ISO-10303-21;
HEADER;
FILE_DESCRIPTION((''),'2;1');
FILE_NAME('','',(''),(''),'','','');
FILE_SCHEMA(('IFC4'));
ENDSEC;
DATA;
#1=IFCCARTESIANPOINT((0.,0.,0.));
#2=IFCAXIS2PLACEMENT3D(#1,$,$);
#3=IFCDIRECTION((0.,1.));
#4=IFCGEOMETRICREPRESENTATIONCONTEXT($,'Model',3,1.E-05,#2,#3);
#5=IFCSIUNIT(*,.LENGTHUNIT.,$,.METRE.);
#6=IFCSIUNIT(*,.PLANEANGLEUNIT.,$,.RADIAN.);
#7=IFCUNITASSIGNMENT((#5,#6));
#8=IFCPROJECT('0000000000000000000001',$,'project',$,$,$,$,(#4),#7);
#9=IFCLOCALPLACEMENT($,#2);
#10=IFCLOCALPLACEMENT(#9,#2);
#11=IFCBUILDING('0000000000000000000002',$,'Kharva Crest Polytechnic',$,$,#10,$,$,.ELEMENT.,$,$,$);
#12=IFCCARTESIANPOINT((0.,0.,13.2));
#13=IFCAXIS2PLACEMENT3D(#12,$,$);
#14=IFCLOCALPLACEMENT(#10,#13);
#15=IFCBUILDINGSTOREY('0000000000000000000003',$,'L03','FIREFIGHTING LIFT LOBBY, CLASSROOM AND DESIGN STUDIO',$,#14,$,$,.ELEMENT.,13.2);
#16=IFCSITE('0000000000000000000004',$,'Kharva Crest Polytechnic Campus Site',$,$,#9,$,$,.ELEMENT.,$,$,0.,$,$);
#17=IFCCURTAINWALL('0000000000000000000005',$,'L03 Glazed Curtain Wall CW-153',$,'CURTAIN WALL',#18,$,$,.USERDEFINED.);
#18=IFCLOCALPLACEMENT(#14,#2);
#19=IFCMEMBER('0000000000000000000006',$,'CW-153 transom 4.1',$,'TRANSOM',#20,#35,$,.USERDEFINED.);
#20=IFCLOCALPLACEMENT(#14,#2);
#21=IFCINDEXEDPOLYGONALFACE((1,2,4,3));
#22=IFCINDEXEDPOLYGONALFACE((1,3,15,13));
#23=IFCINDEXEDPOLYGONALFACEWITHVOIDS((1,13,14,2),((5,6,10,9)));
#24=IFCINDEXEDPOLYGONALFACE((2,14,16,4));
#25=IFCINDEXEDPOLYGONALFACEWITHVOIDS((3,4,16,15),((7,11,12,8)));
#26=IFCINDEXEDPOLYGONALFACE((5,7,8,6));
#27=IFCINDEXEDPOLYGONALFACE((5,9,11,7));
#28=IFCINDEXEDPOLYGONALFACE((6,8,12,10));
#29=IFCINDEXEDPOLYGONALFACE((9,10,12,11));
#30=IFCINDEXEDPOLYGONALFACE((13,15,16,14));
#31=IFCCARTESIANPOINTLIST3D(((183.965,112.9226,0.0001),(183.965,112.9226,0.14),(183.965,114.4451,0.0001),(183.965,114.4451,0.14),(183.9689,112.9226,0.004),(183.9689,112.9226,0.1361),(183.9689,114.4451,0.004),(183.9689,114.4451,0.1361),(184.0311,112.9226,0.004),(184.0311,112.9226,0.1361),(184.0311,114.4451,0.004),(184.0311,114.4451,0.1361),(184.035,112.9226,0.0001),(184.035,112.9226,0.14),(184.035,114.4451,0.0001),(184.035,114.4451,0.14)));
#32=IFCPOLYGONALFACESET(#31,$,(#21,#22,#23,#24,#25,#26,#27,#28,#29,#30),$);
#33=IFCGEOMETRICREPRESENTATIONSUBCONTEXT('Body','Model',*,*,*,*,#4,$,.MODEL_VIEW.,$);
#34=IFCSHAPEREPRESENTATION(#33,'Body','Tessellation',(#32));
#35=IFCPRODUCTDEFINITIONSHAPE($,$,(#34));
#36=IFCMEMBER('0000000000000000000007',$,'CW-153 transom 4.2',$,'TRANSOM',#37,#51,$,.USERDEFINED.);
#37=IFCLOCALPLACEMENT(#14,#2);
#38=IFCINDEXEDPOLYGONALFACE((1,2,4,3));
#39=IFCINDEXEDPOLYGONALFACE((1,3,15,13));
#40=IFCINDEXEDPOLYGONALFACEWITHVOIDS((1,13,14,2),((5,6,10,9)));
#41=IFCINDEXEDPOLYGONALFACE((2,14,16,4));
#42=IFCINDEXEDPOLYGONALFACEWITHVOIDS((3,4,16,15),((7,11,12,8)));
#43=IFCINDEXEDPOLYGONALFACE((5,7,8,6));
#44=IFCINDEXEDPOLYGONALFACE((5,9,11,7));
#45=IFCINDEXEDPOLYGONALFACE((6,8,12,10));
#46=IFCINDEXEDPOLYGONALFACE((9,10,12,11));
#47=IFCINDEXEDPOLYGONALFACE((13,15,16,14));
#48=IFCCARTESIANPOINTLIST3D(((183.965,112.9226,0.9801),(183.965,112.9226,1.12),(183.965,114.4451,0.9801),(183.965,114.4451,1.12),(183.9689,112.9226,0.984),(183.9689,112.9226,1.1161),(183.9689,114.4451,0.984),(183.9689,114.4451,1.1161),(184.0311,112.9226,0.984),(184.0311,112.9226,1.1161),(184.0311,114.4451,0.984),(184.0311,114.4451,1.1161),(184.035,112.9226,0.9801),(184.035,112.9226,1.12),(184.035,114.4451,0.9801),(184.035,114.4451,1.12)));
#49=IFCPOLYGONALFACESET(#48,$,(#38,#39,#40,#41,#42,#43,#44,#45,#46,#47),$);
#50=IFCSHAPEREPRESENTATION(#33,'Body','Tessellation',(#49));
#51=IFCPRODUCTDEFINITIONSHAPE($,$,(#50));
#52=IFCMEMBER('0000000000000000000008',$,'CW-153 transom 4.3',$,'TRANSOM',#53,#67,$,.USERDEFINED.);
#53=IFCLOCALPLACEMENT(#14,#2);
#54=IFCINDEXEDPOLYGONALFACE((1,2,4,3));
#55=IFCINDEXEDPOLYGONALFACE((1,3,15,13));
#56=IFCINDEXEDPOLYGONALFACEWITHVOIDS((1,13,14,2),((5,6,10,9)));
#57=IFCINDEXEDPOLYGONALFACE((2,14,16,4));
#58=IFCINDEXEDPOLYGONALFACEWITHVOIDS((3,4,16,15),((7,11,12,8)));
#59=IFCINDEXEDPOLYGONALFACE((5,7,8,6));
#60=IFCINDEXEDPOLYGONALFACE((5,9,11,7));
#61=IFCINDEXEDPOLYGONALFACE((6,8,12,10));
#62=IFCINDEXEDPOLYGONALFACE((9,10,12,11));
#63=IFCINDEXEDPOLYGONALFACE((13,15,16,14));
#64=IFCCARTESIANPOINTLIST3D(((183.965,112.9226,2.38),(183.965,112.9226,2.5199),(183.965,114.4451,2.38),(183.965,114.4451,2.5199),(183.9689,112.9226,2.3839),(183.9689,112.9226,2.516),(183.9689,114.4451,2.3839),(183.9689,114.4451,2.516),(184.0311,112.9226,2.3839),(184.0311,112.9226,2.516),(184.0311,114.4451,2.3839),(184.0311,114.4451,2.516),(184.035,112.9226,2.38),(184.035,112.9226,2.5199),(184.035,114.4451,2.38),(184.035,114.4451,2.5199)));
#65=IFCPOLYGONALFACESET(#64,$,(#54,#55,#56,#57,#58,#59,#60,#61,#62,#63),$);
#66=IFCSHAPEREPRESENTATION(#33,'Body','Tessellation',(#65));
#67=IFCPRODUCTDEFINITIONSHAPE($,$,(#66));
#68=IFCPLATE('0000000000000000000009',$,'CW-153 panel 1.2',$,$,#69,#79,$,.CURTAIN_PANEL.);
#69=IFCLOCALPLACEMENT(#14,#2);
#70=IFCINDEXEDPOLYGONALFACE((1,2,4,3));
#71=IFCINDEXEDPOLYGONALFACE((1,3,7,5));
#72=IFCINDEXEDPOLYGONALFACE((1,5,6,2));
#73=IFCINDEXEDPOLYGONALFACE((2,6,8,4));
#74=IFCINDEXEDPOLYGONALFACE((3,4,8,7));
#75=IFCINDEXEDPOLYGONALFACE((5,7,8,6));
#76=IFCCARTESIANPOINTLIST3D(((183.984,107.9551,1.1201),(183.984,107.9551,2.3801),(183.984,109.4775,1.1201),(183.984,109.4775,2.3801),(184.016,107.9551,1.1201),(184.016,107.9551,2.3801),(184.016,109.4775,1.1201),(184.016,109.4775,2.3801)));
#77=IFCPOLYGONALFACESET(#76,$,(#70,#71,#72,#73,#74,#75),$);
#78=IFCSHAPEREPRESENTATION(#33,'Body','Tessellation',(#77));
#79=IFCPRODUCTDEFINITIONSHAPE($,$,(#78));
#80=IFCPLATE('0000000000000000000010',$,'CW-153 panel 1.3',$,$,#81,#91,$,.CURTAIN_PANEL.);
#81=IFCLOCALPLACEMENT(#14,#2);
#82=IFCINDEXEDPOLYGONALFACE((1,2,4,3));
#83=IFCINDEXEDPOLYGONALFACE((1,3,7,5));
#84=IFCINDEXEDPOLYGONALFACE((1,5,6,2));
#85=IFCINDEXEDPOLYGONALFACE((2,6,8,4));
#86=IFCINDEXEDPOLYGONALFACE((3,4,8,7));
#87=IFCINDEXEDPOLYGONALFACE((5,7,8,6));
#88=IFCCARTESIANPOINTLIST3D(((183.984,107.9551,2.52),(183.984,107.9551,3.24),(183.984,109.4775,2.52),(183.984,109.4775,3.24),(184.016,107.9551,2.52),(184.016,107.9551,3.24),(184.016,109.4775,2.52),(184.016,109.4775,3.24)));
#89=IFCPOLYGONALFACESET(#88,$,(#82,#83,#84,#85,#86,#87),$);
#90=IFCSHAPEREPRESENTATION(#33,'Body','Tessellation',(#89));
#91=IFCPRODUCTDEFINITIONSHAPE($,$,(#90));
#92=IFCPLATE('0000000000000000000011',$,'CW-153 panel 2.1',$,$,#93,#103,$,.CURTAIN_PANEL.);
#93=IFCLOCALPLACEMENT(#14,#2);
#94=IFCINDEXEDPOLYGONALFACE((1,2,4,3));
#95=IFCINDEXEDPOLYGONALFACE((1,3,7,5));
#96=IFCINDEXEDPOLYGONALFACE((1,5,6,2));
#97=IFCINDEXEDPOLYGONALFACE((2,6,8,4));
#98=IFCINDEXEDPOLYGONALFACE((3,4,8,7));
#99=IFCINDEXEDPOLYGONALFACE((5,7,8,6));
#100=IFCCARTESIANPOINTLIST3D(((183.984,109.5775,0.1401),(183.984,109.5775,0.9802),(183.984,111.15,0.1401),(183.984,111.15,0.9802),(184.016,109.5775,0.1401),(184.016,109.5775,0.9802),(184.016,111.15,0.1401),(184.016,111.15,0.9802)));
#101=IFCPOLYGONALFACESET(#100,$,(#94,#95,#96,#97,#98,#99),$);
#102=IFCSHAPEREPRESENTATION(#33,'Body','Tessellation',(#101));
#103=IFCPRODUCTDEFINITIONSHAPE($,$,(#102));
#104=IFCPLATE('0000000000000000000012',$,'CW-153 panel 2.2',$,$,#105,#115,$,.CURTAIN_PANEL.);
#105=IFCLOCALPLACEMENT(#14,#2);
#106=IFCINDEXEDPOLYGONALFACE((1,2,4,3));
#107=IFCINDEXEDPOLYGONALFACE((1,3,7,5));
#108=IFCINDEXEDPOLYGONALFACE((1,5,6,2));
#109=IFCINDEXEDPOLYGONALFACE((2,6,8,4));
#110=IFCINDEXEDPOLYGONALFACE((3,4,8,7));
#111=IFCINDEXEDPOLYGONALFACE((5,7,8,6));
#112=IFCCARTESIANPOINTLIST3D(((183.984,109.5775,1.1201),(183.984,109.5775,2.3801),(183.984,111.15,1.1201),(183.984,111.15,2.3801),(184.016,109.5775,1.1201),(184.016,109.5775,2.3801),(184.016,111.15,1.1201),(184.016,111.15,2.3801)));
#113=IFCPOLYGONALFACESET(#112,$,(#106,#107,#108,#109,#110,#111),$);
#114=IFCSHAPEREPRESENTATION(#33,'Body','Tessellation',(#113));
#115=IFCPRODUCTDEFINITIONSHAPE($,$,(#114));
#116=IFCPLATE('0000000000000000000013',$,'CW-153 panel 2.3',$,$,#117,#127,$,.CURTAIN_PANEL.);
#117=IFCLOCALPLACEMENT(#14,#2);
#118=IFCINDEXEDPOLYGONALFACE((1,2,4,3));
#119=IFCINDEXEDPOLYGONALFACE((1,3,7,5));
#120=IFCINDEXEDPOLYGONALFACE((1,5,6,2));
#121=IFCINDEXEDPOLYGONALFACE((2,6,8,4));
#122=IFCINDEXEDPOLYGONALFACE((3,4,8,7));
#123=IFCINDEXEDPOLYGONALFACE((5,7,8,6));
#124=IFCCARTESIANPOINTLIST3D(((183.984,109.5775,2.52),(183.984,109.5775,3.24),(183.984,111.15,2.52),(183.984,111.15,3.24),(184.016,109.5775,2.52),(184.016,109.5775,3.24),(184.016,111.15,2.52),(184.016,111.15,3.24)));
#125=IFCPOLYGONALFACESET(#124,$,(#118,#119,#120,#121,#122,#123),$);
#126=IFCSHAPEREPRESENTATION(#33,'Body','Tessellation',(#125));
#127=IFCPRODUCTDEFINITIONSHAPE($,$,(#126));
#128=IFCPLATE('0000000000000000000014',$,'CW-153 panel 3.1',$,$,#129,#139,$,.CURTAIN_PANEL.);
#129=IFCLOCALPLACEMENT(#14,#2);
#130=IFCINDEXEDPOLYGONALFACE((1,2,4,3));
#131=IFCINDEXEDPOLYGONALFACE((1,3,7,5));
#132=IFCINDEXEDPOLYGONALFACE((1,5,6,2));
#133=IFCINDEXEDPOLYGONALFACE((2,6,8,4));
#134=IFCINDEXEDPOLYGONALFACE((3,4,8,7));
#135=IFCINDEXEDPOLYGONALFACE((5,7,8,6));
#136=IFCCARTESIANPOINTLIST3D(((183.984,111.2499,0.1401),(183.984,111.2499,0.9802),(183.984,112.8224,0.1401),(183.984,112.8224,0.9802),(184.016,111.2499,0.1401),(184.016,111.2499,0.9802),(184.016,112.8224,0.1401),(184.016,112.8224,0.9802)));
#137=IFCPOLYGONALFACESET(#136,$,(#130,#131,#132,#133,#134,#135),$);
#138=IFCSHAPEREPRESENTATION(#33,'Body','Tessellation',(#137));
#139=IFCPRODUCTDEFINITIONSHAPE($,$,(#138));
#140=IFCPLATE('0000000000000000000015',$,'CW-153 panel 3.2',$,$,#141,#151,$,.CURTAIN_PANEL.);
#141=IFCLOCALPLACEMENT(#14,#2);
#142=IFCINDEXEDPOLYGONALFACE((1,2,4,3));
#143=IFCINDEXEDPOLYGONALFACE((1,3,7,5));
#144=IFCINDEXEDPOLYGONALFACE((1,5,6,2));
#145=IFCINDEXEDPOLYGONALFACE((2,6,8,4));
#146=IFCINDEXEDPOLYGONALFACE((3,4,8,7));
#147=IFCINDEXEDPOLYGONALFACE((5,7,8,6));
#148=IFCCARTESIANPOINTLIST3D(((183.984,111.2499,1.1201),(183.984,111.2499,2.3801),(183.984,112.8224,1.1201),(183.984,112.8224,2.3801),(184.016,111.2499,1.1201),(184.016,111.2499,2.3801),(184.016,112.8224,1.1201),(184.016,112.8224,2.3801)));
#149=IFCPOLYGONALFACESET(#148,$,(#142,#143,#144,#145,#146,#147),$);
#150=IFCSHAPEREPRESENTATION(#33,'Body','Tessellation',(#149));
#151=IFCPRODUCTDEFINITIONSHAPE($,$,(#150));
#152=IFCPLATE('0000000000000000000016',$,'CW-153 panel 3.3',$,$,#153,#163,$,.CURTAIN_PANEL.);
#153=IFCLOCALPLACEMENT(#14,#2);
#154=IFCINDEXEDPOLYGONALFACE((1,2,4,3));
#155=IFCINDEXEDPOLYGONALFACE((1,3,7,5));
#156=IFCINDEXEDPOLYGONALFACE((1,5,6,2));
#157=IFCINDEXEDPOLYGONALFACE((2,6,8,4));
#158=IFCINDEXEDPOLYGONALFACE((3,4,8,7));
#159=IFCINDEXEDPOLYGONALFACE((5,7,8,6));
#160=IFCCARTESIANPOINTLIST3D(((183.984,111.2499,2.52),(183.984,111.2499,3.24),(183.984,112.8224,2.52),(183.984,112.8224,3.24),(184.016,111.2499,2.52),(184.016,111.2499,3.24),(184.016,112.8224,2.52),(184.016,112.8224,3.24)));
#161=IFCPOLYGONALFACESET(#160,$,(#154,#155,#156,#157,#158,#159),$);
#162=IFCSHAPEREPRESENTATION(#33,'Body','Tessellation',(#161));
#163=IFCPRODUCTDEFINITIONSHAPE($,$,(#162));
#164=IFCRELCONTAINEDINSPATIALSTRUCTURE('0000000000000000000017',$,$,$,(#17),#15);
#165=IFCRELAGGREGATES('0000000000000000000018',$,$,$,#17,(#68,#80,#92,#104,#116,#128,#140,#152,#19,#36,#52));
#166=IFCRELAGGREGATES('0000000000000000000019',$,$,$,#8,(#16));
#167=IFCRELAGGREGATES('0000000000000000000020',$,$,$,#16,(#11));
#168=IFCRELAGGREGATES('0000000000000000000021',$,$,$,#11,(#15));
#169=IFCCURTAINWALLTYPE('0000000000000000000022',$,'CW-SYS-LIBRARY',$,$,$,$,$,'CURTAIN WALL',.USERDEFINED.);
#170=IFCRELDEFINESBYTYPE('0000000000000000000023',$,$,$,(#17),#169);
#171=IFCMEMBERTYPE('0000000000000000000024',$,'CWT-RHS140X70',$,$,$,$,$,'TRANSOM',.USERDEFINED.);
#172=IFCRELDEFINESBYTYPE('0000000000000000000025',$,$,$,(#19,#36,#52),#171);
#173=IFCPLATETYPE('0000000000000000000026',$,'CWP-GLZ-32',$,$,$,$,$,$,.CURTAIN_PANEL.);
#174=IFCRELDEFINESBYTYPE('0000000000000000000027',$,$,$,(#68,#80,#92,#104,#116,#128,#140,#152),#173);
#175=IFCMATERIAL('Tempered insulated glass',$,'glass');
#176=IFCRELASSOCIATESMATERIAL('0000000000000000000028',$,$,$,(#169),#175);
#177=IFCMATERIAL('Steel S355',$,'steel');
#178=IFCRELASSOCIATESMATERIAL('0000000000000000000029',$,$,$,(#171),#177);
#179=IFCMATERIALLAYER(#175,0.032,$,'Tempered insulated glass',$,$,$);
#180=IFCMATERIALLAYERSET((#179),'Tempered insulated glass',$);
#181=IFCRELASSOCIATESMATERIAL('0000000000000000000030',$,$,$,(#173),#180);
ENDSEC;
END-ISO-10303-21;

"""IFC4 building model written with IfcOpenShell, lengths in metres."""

from ifc_helpers import new_model, si_unit, direction, frame, origin, origin_2d, place, context, subcontext, project, spatial, rectangle, hollow_rectangle, extrude, material, layer, layer_set, material_profile, profile_set, type_object, element, aggregate, save


model = new_model("IFC4")

# Units and contexts
model_context = context("Model", 3, precision=1e-05, world=origin(), true_north=direction((0.0, 1.0)))
body_context = subcontext(model_context, "Body", "Model", "MODEL_VIEW")
ifc_project = project(units=[si_unit("LENGTHUNIT", "METRE"), si_unit("PLANEANGLEUNIT", "RADIAN")], contexts=[model_context])

# Site, building, storey
site_placement = place(None, origin())
site = spatial("IfcSite", under=ifc_project, at=site_placement, Name="Kharva Crest Polytechnic Campus Site", CompositionType="ELEMENT", RefElevation=0.0)
building_placement = place(site_placement, origin())
building = spatial("IfcBuilding", under=site, at=building_placement, Name="Kharva Crest Polytechnic", CompositionType="ELEMENT")
storey_placement = place(building_placement, frame((0.0, 0.0, 13.2)))
storey = spatial("IfcBuildingStorey", under=building, at=storey_placement, Name="L03", Description="FIREFIGHTING LIFT LOBBY, CLASSROOM AND DESIGN STUDIO", CompositionType="ELEMENT", Elevation=13.2)

# Curtain wall, members, plates
ifc_material_1 = material(Name="Tempered insulated glass", Category="glass")
curtain_wall_type = type_object("IfcCurtainWallType", Name="CW-SYS-LIBRARY", ElementType="CURTAIN WALL", PredefinedType="USERDEFINED", material=ifc_material_1)
curtain_wall_placement = place(storey_placement, origin())
curtain_wall = element("IfcCurtainWall", 1, at=curtain_wall_placement, inside=storey, type_object=curtain_wall_type, Name="L03 Glazed Curtain Wall CW-153", ObjectType="CURTAIN WALL", PredefinedType="USERDEFINED")
ifc_material_2 = material(Name="Steel S355", Category="steel")
ifc_material_profile_1 = material_profile(ifc_material_2, hollow_rectangle(XDim=0.0701, YDim=0.1399, WallThickness=0.0039, at=origin_2d()), Name="RHS 140X70X4.0")
ifc_profile_set_1 = profile_set([ifc_material_profile_1], Name="Steel S355")
member_type_1 = type_object("IfcMemberType", Name="CWT-RHS140X70", ElementType="TRANSOM", PredefinedType="USERDEFINED", material=ifc_profile_set_1)
member_1_placement = place(storey_placement, frame((184.0, 112.9226, 0.0701), z_axis=(0.0, 1.0, 0.0), x_axis=(-1.0, 0.0, 0.0)))
member_1 = element("IfcMember", 2, at=member_1_placement, type_object=member_type_1, Name="CW-153 transom 4.1", ObjectType="TRANSOM", PredefinedType="USERDEFINED", context=body_context, shape_type="SweptSolid", body=[
    extrude(hollow_rectangle(XDim=0.0701, YDim=0.1399, WallThickness=0.0039, at=origin_2d()), origin(), (0.0, 0.0, 1.0), 1.5225),
])
member_2_placement = place(storey_placement, frame((184.0, 112.9226, 1.05), z_axis=(0.0, 1.0, 0.0), x_axis=(-1.0, 0.0, 0.0)))
member_2 = element("IfcMember", 3, at=member_2_placement, type_object=member_type_1, Name="CW-153 transom 4.2", ObjectType="TRANSOM", PredefinedType="USERDEFINED", context=body_context, shape_type="SweptSolid", body=[
    extrude(hollow_rectangle(XDim=0.0701, YDim=0.1399, WallThickness=0.0039, at=origin_2d()), origin(), (0.0, 0.0, 1.0), 1.5225),
])
member_3_placement = place(storey_placement, frame((184.0, 112.9226, 2.45), z_axis=(0.0, 1.0, 0.0), x_axis=(-1.0, 0.0, 0.0)))
member_3 = element("IfcMember", 4, at=member_3_placement, type_object=member_type_1, Name="CW-153 transom 4.3", ObjectType="TRANSOM", PredefinedType="USERDEFINED", context=body_context, shape_type="SweptSolid", body=[
    extrude(hollow_rectangle(XDim=0.0701, YDim=0.1399, WallThickness=0.0039, at=origin_2d()), origin(), (0.0, 0.0, 1.0), 1.5225),
])
ifc_layer = layer(ifc_material_1, 0.032, Name="Tempered insulated glass")
ifc_layer_set = layer_set([ifc_layer], Name="Tempered insulated glass")
plate_type = type_object("IfcPlateType", Name="CWP-GLZ-32", PredefinedType="CURTAIN_PANEL", material=ifc_layer_set)
plate_1_placement = place(storey_placement, frame((184.0, 108.7163, 1.1201), z_axis=(0.0, 0.0, 1.0), x_axis=(0.0, 1.0, 0.0)))
plate_1 = element("IfcPlate", 5, at=plate_1_placement, type_object=plate_type, Name="CW-153 panel 1.2", PredefinedType="CURTAIN_PANEL", context=body_context, shape_type="SweptSolid", body=[
    extrude(rectangle(XDim=1.5225, YDim=0.032, at=origin_2d()), origin(), (0.0, 0.0, 1.0), 1.26),
])
plate_2_placement = place(storey_placement, frame((184.0, 108.7163, 2.52), z_axis=(0.0, 0.0, 1.0), x_axis=(0.0, 1.0, 0.0)))
plate_2 = element("IfcPlate", 6, at=plate_2_placement, type_object=plate_type, Name="CW-153 panel 1.3", PredefinedType="CURTAIN_PANEL", context=body_context, shape_type="SweptSolid", body=[
    extrude(rectangle(XDim=1.5225, YDim=0.032, at=origin_2d()), origin(), (0.0, 0.0, 1.0), 0.72),
])
plate_3_placement = place(storey_placement, frame((184.0, 110.3638, 0.1401), z_axis=(0.0, 0.0, 1.0), x_axis=(0.0, 1.0, 0.0)))
plate_3 = element("IfcPlate", 7, at=plate_3_placement, type_object=plate_type, Name="CW-153 panel 2.1", PredefinedType="CURTAIN_PANEL", context=body_context, shape_type="SweptSolid", body=[
    extrude(rectangle(XDim=1.5725, YDim=0.032, at=origin_2d()), origin(), (0.0, 0.0, 1.0), 0.8401),
])
plate_4_placement = place(storey_placement, frame((184.0, 110.3638, 1.1201), z_axis=(0.0, 0.0, 1.0), x_axis=(0.0, 1.0, 0.0)))
plate_4 = element("IfcPlate", 8, at=plate_4_placement, type_object=plate_type, Name="CW-153 panel 2.2", PredefinedType="CURTAIN_PANEL", context=body_context, shape_type="SweptSolid", body=[
    extrude(rectangle(XDim=1.5725, YDim=0.032, at=origin_2d()), origin(), (0.0, 0.0, 1.0), 1.26),
])
plate_5_placement = place(storey_placement, frame((184.0, 110.3638, 2.52), z_axis=(0.0, 0.0, 1.0), x_axis=(0.0, 1.0, 0.0)))
plate_5 = element("IfcPlate", 9, at=plate_5_placement, type_object=plate_type, Name="CW-153 panel 2.3", PredefinedType="CURTAIN_PANEL", context=body_context, shape_type="SweptSolid", body=[
    extrude(rectangle(XDim=1.5725, YDim=0.032, at=origin_2d()), origin(), (0.0, 0.0, 1.0), 0.72),
])
plate_6_placement = place(storey_placement, frame((184.0, 112.0361, 0.1401), z_axis=(0.0, 0.0, 1.0), x_axis=(0.0, 1.0, 0.0)))
plate_6 = element("IfcPlate", 10, at=plate_6_placement, type_object=plate_type, Name="CW-153 panel 3.1", PredefinedType="CURTAIN_PANEL", context=body_context, shape_type="SweptSolid", body=[
    extrude(rectangle(XDim=1.5725, YDim=0.032, at=origin_2d()), origin(), (0.0, 0.0, 1.0), 0.8401),
])
plate_7_placement = place(storey_placement, frame((184.0, 112.0361, 1.1201), z_axis=(0.0, 0.0, 1.0), x_axis=(0.0, 1.0, 0.0)))
plate_7 = element("IfcPlate", 11, at=plate_7_placement, type_object=plate_type, Name="CW-153 panel 3.2", PredefinedType="CURTAIN_PANEL", context=body_context, shape_type="SweptSolid", body=[
    extrude(rectangle(XDim=1.5725, YDim=0.032, at=origin_2d()), origin(), (0.0, 0.0, 1.0), 1.26),
])
plate_8_placement = place(storey_placement, frame((184.0, 112.0361, 2.52), z_axis=(0.0, 0.0, 1.0), x_axis=(0.0, 1.0, 0.0)))
plate_8 = element("IfcPlate", 12, at=plate_8_placement, type_object=plate_type, Name="CW-153 panel 3.3", PredefinedType="CURTAIN_PANEL", context=body_context, shape_type="SweptSolid", body=[
    extrude(rectangle(XDim=1.5725, YDim=0.032, at=origin_2d()), origin(), (0.0, 0.0, 1.0), 0.72),
])
aggregate(curtain_wall, [plate_1, plate_2, plate_3, plate_4, plate_5, plate_6, plate_7, plate_8, member_1, member_2, member_3])

save(model, "model.ifc")
